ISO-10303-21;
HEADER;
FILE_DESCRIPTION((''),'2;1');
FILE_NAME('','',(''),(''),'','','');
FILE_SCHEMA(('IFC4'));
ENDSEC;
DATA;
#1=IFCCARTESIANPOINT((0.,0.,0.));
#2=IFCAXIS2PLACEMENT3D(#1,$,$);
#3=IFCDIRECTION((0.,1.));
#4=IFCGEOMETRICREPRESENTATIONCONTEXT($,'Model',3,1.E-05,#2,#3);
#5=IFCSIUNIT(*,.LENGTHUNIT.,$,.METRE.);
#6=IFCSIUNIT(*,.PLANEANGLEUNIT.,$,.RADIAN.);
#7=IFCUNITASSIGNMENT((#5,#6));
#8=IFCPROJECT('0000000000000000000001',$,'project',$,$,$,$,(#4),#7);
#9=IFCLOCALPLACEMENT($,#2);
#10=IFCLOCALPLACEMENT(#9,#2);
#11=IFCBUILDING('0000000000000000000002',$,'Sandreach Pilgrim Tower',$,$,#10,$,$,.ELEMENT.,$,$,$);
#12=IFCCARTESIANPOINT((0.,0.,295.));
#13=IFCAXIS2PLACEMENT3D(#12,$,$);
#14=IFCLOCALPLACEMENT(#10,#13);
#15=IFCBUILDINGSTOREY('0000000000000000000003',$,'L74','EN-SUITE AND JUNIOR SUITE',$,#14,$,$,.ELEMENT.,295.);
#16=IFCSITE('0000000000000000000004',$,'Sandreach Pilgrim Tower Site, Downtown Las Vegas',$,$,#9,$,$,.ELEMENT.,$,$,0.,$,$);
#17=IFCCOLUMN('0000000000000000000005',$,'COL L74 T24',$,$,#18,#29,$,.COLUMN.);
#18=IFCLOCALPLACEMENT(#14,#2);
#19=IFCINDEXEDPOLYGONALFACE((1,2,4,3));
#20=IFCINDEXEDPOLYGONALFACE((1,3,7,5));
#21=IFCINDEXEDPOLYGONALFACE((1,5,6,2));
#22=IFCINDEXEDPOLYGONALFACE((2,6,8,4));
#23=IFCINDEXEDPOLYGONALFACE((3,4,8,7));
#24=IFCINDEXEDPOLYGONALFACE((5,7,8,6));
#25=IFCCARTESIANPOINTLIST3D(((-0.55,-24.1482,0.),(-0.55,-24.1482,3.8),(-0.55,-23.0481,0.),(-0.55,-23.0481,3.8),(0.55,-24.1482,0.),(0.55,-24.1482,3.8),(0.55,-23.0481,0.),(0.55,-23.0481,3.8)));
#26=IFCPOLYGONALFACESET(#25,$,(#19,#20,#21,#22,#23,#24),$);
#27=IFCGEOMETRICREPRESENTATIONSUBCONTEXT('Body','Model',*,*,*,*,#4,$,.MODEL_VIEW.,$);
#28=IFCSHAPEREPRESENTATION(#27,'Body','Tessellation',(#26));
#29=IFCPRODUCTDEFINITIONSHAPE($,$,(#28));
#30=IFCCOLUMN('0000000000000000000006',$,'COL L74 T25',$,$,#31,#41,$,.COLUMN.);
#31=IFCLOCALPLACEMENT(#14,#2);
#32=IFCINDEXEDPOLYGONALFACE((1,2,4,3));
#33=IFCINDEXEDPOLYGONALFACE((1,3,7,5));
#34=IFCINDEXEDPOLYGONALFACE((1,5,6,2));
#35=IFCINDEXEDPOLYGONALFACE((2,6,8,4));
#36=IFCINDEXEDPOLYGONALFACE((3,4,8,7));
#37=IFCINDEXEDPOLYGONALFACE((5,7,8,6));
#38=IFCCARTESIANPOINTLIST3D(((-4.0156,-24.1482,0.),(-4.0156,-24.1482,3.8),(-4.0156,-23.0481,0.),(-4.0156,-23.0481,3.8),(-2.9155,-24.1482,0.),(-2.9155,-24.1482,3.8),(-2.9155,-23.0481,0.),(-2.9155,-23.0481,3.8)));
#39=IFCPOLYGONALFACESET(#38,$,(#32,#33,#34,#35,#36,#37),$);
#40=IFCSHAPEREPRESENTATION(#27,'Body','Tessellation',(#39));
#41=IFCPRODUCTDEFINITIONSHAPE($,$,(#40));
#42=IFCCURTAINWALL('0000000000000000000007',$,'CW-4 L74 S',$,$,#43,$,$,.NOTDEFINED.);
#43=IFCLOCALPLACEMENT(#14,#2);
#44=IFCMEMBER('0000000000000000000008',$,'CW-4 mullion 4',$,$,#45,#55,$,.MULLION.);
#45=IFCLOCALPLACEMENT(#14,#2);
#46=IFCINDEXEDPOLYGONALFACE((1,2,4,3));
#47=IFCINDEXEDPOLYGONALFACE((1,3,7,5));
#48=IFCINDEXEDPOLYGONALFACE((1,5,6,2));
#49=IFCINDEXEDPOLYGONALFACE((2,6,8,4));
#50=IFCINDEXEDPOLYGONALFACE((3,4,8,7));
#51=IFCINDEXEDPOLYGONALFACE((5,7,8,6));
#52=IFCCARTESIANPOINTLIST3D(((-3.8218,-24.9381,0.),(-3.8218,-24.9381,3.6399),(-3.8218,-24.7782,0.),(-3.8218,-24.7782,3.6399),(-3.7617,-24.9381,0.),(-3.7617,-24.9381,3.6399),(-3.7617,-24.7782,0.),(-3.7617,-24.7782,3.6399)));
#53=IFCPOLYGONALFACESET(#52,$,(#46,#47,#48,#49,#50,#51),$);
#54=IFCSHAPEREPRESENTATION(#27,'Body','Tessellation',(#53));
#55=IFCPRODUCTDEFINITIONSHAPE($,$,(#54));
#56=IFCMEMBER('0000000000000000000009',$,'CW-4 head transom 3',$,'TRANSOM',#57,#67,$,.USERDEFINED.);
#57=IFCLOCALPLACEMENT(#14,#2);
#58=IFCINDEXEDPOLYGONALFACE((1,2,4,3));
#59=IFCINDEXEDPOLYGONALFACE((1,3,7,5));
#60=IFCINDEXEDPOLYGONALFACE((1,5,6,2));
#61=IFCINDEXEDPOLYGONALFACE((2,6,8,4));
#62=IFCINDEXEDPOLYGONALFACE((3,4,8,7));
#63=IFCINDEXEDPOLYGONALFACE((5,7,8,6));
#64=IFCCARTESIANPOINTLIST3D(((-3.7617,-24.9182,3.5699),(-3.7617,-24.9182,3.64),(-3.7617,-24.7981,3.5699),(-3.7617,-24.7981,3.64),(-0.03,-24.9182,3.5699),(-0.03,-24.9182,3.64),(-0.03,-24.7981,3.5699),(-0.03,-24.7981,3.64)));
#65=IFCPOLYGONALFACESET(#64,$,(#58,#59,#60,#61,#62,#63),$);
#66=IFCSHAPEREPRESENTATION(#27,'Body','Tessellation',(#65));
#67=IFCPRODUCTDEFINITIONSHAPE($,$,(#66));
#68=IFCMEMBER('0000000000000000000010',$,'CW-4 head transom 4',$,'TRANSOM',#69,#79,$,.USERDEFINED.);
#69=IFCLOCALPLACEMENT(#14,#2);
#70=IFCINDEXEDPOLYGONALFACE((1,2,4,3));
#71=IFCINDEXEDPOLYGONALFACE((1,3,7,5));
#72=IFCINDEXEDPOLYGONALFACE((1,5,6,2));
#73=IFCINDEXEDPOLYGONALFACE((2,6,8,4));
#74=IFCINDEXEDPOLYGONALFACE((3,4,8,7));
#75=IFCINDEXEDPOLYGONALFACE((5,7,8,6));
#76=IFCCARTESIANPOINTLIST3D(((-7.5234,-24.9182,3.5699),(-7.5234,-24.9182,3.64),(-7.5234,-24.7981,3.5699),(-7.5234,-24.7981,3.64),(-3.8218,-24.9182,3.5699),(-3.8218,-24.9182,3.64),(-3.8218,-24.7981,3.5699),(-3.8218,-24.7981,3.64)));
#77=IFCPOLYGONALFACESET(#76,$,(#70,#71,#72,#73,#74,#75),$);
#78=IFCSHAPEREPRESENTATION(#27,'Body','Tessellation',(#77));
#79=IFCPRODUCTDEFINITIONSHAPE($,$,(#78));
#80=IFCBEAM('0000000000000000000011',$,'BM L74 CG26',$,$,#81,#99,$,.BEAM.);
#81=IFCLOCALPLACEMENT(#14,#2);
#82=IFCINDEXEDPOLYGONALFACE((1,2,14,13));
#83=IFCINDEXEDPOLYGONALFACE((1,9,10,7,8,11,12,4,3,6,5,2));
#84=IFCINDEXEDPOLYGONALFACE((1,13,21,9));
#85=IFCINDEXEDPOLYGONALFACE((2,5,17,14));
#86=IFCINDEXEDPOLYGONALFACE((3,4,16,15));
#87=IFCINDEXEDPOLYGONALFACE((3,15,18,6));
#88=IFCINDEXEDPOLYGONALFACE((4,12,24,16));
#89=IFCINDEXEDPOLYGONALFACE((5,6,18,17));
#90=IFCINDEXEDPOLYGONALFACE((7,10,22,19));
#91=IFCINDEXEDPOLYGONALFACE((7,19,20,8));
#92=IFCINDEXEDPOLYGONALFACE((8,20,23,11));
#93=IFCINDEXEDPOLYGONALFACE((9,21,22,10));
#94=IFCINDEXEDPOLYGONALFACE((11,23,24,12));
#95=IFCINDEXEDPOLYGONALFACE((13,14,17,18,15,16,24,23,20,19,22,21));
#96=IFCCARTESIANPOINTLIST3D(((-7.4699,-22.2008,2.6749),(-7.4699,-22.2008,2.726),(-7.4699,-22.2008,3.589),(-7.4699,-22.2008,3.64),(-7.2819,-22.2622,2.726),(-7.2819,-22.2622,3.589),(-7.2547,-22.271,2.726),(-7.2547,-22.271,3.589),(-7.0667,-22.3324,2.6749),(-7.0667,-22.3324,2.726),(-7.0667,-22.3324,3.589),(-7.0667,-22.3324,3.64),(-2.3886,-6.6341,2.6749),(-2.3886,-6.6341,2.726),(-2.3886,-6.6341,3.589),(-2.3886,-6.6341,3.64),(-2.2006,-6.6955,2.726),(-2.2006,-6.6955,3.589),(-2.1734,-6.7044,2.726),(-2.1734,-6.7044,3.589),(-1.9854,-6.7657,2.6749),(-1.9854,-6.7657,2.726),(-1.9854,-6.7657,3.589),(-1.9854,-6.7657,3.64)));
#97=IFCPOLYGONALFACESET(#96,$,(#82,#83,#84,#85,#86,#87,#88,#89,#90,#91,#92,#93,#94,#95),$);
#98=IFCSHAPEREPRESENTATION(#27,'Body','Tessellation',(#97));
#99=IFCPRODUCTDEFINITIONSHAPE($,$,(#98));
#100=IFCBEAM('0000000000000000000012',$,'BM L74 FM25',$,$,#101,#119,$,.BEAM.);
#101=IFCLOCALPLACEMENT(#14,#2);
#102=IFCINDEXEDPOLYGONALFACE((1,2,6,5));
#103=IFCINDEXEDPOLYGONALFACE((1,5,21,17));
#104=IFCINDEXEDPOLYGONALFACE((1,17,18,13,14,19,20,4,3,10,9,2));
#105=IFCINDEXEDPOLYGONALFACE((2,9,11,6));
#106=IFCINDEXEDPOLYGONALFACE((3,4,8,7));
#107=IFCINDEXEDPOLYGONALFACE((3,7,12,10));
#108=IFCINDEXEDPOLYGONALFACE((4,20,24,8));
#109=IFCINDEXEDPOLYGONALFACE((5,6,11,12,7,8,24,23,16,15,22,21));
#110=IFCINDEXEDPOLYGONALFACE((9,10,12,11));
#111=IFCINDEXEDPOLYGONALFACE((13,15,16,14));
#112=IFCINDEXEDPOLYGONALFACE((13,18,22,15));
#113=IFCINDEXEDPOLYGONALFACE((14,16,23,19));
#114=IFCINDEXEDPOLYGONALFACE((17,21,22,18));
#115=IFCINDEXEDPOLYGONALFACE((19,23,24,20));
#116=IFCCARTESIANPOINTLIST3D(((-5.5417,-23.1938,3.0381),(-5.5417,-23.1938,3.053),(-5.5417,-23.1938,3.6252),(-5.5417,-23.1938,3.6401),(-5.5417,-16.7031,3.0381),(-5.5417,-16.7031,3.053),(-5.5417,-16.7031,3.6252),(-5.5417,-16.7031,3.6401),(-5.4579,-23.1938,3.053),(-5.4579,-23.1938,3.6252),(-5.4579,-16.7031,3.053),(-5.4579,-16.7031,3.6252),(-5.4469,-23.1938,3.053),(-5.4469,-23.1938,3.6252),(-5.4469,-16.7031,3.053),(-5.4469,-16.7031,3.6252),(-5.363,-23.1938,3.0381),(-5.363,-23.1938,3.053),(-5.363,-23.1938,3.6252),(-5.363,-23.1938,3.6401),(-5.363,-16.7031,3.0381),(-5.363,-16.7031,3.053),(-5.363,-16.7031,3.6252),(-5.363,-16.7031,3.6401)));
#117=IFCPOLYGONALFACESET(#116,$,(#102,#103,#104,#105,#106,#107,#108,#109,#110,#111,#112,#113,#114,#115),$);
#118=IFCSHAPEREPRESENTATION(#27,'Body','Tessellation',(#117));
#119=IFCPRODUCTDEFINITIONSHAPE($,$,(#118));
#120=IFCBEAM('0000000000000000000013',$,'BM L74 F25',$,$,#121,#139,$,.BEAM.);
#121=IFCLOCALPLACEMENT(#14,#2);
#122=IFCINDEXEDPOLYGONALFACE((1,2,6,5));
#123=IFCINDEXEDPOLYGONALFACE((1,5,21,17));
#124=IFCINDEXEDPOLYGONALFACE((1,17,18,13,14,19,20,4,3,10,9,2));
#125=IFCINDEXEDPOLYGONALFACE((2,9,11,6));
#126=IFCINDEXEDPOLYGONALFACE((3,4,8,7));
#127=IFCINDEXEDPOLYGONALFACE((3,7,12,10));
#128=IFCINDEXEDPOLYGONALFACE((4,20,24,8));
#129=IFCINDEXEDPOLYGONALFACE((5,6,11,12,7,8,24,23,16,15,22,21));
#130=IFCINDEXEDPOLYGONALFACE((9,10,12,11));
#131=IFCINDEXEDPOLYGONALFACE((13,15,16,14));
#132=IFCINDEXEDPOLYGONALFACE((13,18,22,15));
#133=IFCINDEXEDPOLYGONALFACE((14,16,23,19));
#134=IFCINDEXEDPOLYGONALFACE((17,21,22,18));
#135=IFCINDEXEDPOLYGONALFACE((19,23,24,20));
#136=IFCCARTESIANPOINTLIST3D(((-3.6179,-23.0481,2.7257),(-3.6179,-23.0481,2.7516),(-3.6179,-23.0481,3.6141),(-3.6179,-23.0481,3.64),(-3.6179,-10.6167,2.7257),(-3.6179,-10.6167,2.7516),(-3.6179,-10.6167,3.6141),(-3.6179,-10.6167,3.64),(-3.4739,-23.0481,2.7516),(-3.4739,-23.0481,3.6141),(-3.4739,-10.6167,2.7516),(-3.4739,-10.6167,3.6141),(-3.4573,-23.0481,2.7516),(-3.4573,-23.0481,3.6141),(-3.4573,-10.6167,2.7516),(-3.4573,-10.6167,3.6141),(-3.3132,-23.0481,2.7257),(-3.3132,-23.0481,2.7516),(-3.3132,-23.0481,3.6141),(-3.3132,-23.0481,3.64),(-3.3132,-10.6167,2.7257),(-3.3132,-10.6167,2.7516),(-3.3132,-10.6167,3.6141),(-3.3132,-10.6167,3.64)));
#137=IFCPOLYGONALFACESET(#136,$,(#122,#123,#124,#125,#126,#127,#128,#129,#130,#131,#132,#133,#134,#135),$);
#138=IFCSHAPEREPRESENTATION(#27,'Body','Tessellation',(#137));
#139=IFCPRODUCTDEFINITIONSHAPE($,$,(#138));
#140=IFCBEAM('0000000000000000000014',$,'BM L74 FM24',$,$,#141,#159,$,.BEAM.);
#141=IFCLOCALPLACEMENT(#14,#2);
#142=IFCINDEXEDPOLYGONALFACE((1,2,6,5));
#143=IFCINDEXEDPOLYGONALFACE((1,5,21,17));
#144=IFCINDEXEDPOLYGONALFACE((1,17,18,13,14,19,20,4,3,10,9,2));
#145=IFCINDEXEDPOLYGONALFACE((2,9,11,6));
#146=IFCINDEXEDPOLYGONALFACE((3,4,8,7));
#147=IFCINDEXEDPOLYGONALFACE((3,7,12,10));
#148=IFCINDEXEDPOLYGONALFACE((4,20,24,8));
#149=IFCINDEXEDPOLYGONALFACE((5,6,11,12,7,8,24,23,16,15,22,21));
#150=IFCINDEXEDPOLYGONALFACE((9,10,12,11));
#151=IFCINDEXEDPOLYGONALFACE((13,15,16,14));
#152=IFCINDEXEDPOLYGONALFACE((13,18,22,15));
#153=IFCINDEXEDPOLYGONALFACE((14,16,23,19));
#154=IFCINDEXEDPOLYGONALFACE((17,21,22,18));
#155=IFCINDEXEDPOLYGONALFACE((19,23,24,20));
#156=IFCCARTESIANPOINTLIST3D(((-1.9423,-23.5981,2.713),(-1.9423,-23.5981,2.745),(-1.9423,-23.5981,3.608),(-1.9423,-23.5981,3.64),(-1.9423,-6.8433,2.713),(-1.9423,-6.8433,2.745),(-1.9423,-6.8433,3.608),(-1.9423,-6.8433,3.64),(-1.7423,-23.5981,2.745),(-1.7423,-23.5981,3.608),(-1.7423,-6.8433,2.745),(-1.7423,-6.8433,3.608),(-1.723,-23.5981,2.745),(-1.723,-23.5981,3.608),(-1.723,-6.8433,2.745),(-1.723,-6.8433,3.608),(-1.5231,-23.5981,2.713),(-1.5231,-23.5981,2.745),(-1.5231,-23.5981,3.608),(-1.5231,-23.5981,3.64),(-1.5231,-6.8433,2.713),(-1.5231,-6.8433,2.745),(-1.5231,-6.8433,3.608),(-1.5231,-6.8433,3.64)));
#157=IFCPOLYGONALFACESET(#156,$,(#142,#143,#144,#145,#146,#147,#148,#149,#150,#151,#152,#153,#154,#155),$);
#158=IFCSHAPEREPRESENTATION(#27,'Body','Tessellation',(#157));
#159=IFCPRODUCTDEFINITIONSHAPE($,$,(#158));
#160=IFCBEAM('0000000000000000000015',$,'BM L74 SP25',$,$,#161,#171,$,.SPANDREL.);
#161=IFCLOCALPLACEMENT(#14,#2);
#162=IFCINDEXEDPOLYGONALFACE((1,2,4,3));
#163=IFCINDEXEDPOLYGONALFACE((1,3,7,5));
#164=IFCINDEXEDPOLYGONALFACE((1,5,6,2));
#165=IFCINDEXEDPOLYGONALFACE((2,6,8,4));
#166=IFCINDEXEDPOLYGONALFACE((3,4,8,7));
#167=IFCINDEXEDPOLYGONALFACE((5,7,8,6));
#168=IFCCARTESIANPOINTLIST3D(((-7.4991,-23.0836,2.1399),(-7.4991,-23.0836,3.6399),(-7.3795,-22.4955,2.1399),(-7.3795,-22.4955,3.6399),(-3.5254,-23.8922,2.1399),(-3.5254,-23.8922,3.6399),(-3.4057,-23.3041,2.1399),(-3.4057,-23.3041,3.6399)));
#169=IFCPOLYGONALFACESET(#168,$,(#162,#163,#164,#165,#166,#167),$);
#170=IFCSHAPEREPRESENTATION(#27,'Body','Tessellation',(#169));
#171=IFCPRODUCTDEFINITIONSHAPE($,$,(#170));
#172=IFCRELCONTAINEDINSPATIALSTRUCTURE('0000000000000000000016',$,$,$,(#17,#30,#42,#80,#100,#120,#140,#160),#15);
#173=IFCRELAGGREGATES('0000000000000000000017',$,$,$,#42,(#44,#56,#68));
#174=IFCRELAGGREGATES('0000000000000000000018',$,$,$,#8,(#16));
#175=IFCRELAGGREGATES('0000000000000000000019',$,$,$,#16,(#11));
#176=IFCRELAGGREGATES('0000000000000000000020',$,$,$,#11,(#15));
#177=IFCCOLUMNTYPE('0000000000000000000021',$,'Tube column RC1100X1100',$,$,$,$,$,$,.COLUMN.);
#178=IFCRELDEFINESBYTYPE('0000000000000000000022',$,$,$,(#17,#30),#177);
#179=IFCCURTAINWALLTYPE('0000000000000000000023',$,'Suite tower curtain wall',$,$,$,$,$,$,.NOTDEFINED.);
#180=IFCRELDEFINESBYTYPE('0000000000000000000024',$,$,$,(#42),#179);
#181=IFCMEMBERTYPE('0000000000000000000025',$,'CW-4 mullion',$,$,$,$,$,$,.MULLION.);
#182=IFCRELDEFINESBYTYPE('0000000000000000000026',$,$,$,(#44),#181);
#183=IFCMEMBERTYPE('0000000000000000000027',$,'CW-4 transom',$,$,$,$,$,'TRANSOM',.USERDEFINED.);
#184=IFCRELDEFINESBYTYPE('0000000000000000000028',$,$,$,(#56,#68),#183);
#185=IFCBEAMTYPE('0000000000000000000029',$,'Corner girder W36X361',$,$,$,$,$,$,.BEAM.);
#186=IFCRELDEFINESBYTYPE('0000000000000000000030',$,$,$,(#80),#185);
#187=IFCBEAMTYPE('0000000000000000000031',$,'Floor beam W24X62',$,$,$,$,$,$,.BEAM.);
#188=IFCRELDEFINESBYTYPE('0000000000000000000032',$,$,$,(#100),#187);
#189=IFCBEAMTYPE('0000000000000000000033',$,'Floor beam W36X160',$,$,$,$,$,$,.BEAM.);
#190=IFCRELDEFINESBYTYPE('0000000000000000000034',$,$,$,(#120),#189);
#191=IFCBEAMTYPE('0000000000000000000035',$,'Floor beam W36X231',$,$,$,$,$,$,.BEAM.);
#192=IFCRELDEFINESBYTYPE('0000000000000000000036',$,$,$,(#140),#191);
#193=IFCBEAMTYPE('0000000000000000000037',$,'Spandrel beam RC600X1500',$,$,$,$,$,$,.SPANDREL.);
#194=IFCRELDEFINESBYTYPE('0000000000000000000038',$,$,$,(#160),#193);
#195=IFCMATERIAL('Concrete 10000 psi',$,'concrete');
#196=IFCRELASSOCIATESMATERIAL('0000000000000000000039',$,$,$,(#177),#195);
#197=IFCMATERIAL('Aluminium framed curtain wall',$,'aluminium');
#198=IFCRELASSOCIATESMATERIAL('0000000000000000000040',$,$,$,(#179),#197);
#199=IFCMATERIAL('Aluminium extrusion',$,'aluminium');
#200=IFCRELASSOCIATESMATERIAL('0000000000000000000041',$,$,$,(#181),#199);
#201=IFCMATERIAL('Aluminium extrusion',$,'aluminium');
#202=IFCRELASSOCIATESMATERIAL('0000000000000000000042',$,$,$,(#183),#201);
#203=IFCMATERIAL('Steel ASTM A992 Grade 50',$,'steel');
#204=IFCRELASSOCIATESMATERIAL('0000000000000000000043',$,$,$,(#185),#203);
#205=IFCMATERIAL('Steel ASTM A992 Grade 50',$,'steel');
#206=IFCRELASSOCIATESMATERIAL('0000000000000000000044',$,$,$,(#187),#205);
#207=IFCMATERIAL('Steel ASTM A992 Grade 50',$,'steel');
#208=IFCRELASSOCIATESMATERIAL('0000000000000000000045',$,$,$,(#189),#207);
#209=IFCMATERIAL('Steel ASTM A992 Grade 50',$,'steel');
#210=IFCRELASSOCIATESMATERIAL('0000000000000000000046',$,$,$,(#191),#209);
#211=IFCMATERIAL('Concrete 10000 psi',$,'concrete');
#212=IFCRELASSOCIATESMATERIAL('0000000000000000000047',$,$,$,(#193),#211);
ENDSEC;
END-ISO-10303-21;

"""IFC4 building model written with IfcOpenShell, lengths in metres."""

from ifc_helpers import new_model, si_unit, direction, frame, origin, origin_2d, place, context, subcontext, project, spatial, rectangle, i_section, extrude, material, material_profile, profile_set, type_object, element, aggregate, save


model = new_model("IFC4")

# Units and contexts
model_context = context("Model", 3, precision=1e-05, world=origin(), true_north=direction((0.0, 1.0)))
body_context = subcontext(model_context, "Body", "Model", "MODEL_VIEW")
ifc_project = project(units=[si_unit("LENGTHUNIT", "METRE"), si_unit("PLANEANGLEUNIT", "RADIAN")], contexts=[model_context])

# Site, building, storey
site_placement = place(None, origin())
site = spatial("IfcSite", under=ifc_project, at=site_placement, Name="Sandreach Pilgrim Tower Site, Downtown Las Vegas", CompositionType="ELEMENT", RefElevation=0.0)
building_placement = place(site_placement, origin())
building = spatial("IfcBuilding", under=site, at=building_placement, Name="Sandreach Pilgrim Tower", CompositionType="ELEMENT")
storey_placement = place(building_placement, frame((0.0, 0.0, 295.0)))
storey = spatial("IfcBuildingStorey", under=building, at=storey_placement, Name="L74", Description="EN-SUITE AND JUNIOR SUITE", CompositionType="ELEMENT", Elevation=295.0)

# Columns
ifc_material_1 = material(Name="Concrete 10000 psi", Category="concrete")
ifc_material_profile_1 = material_profile(ifc_material_1, rectangle(XDim=1.1001, YDim=1.1001, at=origin_2d()), Name="RC1100X1100")
ifc_profile_set_1 = profile_set([ifc_material_profile_1], Name="Concrete 10000 psi")
column_type = type_object("IfcColumnType", Name="Tube column RC1100X1100", PredefinedType="COLUMN", material=ifc_profile_set_1)
for number, where, z_axis, x_axis, name in (
    (1, (0.0, -23.5981, 0.0), (0.0, 0.0, 1.0), (0.0, -1.0, 0.0), "COL L74 T24"),
    (2, (-3.4656, -23.5981, 0.0), (0.0, 0.0, 1.0), (0.0, -1.0, 0.0), "COL L74 T25"),
):
    element("IfcColumn", number, at=place(storey_placement, frame(where, z_axis=z_axis, x_axis=x_axis)), inside=storey, type_object=column_type, Name=name, PredefinedType="COLUMN", context=body_context, shape_type="SweptSolid", body=[
        extrude(rectangle(XDim=1.1001, YDim=1.1001, at=origin_2d()), origin(), (0.0, 0.0, 1.0), 3.8),
    ])

# Curtain wall, members
ifc_material_2 = material(Name="Aluminium framed curtain wall", Category="aluminium")
curtain_wall_type = type_object("IfcCurtainWallType", Name="Suite tower curtain wall", PredefinedType="NOTDEFINED", material=ifc_material_2)
curtain_wall_placement = place(storey_placement, origin())
curtain_wall = element("IfcCurtainWall", 3, at=curtain_wall_placement, inside=storey, type_object=curtain_wall_type, Name="CW-4 L74 S", PredefinedType="NOTDEFINED")
ifc_material_3 = material(Name="Aluminium extrusion", Category="aluminium")
ifc_material_profile_2 = material_profile(ifc_material_3, rectangle(XDim=0.0601, YDim=0.1599, at=origin_2d()), Name="CW-4M 60X160")
ifc_profile_set_2 = profile_set([ifc_material_profile_2], Name="Aluminium extrusion")
member_type_1 = type_object("IfcMemberType", Name="CW-4 mullion", PredefinedType="MULLION", material=ifc_profile_set_2)
member_1_placement = place(storey_placement, frame((-3.7917, -24.8582, 0.0), z_axis=(0.0, 0.0, 1.0), x_axis=(-1.0, 0.0, 0.0)))
member_1 = element("IfcMember", 4, at=member_1_placement, type_object=member_type_1, Name="CW-4 mullion 4", PredefinedType="MULLION", context=body_context, shape_type="SweptSolid", body=[
    extrude(rectangle(XDim=0.0601, YDim=0.1599, at=origin_2d()), origin(), (0.0, 0.0, 1.0), 3.6399),
])
ifc_material_4 = material(Name="Aluminium extrusion", Category="aluminium")
ifc_material_profile_3 = material_profile(ifc_material_4, rectangle(XDim=0.1201, YDim=0.0701, at=origin_2d()), Name="CW-4T 120X70")
ifc_profile_set_3 = profile_set([ifc_material_profile_3], Name="Aluminium extrusion")
member_type_2 = type_object("IfcMemberType", Name="CW-4 transom", ElementType="TRANSOM", PredefinedType="USERDEFINED", material=ifc_profile_set_3)
member_2_placement = place(storey_placement, frame((-0.03, -24.8582, 3.605), z_axis=(-1.0, 0.0, 0.0), x_axis=(0.0, -1.0, 0.0)))
member_2 = element("IfcMember", 5, at=member_2_placement, type_object=member_type_2, Name="CW-4 head transom 3", ObjectType="TRANSOM", PredefinedType="USERDEFINED", context=body_context, shape_type="SweptSolid", body=[
    extrude(rectangle(XDim=0.1201, YDim=0.0701, at=origin_2d()), origin(), (0.0, 0.0, 1.0), 3.7317),
])
member_3_placement = place(storey_placement, frame((-3.8218, -24.8582, 3.605), z_axis=(-1.0, 0.0, 0.0), x_axis=(0.0, -1.0, 0.0)))
member_3 = element("IfcMember", 6, at=member_3_placement, type_object=member_type_2, Name="CW-4 head transom 4", ObjectType="TRANSOM", PredefinedType="USERDEFINED", context=body_context, shape_type="SweptSolid", body=[
    extrude(rectangle(XDim=0.1201, YDim=0.0701, at=origin_2d()), origin(), (0.0, 0.0, 1.0), 3.7017),
])

# Beams
ifc_material_5 = material(Name="Steel ASTM A992 Grade 50", Category="steel")
ifc_material_profile_4 = material_profile(ifc_material_5, i_section(OverallWidth=0.4241, OverallDepth=0.9651, WebThickness=0.0286, FlangeThickness=0.051, at=origin_2d()), Name="W36X361")
ifc_profile_set_4 = profile_set([ifc_material_profile_4], Name="Steel ASTM A992 Grade 50")
beam_type_1 = type_object("IfcBeamType", Name="Corner girder W36X361", PredefinedType="BEAM", material=ifc_profile_set_4)
beam_1_placement = place(storey_placement, frame((-7.2683, -22.2666, 3.1575), z_axis=(0.310309, 0.950636, 0.0), x_axis=(-0.950636, 0.310309, 0.0)))
element("IfcBeam", 7, at=beam_1_placement, inside=storey, type_object=beam_type_1, Name="BM L74 CG26", PredefinedType="BEAM", context=body_context, shape_type="SweptSolid", body=[
    extrude(i_section(OverallWidth=0.4241, OverallDepth=0.9651, WebThickness=0.0286, FlangeThickness=0.051, at=origin_2d()), origin(), (0.0, 0.0, 1.0), 16.375),
])
ifc_material_6 = material(Name="Steel ASTM A992 Grade 50", Category="steel")
ifc_material_profile_5 = material_profile(ifc_material_6, i_section(OverallWidth=0.1787, OverallDepth=0.6021, WebThickness=0.011, FlangeThickness=0.0149, at=origin_2d()), Name="W24X62")
ifc_profile_set_5 = profile_set([ifc_material_profile_5], Name="Steel ASTM A992 Grade 50")
beam_type_2 = type_object("IfcBeamType", Name="Floor beam W24X62", PredefinedType="BEAM", material=ifc_profile_set_5)
beam_2_placement = place(storey_placement, frame((-5.4524, -23.1938, 3.3391), z_axis=(0.0, 1.0, 0.0), x_axis=(-1.0, 0.0, 0.0)))
element("IfcBeam", 8, at=beam_2_placement, inside=storey, type_object=beam_type_2, Name="BM L74 FM25", PredefinedType="BEAM", context=body_context, shape_type="SweptSolid", body=[
    extrude(i_section(OverallWidth=0.1787, OverallDepth=0.6021, WebThickness=0.011, FlangeThickness=0.0149, at=origin_2d()), origin(), (0.0, 0.0, 1.0), 6.4907),
])
ifc_material_7 = material(Name="Steel ASTM A992 Grade 50", Category="steel")
ifc_material_profile_6 = material_profile(ifc_material_7, i_section(OverallWidth=0.3047, OverallDepth=0.9143, WebThickness=0.0166, FlangeThickness=0.0259, at=origin_2d()), Name="W36X160")
ifc_profile_set_6 = profile_set([ifc_material_profile_6], Name="Steel ASTM A992 Grade 50")
beam_type_3 = type_object("IfcBeamType", Name="Floor beam W36X160", PredefinedType="BEAM", material=ifc_profile_set_6)
beam_3_placement = place(storey_placement, frame((-3.4656, -23.0481, 3.1829), z_axis=(0.0, 1.0, 0.0), x_axis=(-1.0, 0.0, 0.0)))
element("IfcBeam", 9, at=beam_3_placement, inside=storey, type_object=beam_type_3, Name="BM L74 F25", PredefinedType="BEAM", context=body_context, shape_type="SweptSolid", body=[
    extrude(i_section(OverallWidth=0.3047, OverallDepth=0.9143, WebThickness=0.0166, FlangeThickness=0.0259, at=origin_2d()), origin(), (0.0, 0.0, 1.0), 12.4314),
])
ifc_material_8 = material(Name="Steel ASTM A992 Grade 50", Category="steel")
ifc_material_profile_7 = material_profile(ifc_material_8, i_section(OverallWidth=0.4192, OverallDepth=0.927, WebThickness=0.0193, FlangeThickness=0.032, at=origin_2d()), Name="W36X231")
ifc_profile_set_7 = profile_set([ifc_material_profile_7], Name="Steel ASTM A992 Grade 50")
beam_type_4 = type_object("IfcBeamType", Name="Floor beam W36X231", PredefinedType="BEAM", material=ifc_profile_set_7)
beam_4_placement = place(storey_placement, frame((-1.7327, -23.5981, 3.1765), z_axis=(0.0, 1.0, 0.0), x_axis=(-1.0, 0.0, 0.0)))
element("IfcBeam", 10, at=beam_4_placement, inside=storey, type_object=beam_type_4, Name="BM L74 FM24", PredefinedType="BEAM", context=body_context, shape_type="SweptSolid", body=[
    extrude(i_section(OverallWidth=0.4192, OverallDepth=0.927, WebThickness=0.0193, FlangeThickness=0.032, at=origin_2d()), origin(), (0.0, 0.0, 1.0), 16.7549),
])
ifc_material_9 = material(Name="Concrete 10000 psi", Category="concrete")
ifc_material_profile_8 = material_profile(ifc_material_9, rectangle(XDim=0.6001, YDim=1.5, at=origin_2d()), Name="RC600X1500")
ifc_profile_set_8 = profile_set([ifc_material_profile_8], Name="Concrete 10000 psi")
beam_type_5 = type_object("IfcBeamType", Name="Spandrel beam RC600X1500", PredefinedType="SPANDREL", material=ifc_profile_set_8)
beam_5_placement = place(storey_placement, frame((-3.4656, -23.5981, 2.8899), z_axis=(-0.979918, 0.199403, 0.0), x_axis=(-0.199403, -0.979918, 0.0)))
element("IfcBeam", 11, at=beam_5_placement, inside=storey, type_object=beam_type_5, Name="BM L74 SP25", PredefinedType="SPANDREL", context=body_context, shape_type="SweptSolid", body=[
    extrude(rectangle(XDim=0.6001, YDim=1.5, at=origin_2d()), origin(), (0.0, 0.0, 1.0), 4.0552),
])

aggregate(curtain_wall, [member_1, member_2, member_3])

save(model, "model.ifc")
